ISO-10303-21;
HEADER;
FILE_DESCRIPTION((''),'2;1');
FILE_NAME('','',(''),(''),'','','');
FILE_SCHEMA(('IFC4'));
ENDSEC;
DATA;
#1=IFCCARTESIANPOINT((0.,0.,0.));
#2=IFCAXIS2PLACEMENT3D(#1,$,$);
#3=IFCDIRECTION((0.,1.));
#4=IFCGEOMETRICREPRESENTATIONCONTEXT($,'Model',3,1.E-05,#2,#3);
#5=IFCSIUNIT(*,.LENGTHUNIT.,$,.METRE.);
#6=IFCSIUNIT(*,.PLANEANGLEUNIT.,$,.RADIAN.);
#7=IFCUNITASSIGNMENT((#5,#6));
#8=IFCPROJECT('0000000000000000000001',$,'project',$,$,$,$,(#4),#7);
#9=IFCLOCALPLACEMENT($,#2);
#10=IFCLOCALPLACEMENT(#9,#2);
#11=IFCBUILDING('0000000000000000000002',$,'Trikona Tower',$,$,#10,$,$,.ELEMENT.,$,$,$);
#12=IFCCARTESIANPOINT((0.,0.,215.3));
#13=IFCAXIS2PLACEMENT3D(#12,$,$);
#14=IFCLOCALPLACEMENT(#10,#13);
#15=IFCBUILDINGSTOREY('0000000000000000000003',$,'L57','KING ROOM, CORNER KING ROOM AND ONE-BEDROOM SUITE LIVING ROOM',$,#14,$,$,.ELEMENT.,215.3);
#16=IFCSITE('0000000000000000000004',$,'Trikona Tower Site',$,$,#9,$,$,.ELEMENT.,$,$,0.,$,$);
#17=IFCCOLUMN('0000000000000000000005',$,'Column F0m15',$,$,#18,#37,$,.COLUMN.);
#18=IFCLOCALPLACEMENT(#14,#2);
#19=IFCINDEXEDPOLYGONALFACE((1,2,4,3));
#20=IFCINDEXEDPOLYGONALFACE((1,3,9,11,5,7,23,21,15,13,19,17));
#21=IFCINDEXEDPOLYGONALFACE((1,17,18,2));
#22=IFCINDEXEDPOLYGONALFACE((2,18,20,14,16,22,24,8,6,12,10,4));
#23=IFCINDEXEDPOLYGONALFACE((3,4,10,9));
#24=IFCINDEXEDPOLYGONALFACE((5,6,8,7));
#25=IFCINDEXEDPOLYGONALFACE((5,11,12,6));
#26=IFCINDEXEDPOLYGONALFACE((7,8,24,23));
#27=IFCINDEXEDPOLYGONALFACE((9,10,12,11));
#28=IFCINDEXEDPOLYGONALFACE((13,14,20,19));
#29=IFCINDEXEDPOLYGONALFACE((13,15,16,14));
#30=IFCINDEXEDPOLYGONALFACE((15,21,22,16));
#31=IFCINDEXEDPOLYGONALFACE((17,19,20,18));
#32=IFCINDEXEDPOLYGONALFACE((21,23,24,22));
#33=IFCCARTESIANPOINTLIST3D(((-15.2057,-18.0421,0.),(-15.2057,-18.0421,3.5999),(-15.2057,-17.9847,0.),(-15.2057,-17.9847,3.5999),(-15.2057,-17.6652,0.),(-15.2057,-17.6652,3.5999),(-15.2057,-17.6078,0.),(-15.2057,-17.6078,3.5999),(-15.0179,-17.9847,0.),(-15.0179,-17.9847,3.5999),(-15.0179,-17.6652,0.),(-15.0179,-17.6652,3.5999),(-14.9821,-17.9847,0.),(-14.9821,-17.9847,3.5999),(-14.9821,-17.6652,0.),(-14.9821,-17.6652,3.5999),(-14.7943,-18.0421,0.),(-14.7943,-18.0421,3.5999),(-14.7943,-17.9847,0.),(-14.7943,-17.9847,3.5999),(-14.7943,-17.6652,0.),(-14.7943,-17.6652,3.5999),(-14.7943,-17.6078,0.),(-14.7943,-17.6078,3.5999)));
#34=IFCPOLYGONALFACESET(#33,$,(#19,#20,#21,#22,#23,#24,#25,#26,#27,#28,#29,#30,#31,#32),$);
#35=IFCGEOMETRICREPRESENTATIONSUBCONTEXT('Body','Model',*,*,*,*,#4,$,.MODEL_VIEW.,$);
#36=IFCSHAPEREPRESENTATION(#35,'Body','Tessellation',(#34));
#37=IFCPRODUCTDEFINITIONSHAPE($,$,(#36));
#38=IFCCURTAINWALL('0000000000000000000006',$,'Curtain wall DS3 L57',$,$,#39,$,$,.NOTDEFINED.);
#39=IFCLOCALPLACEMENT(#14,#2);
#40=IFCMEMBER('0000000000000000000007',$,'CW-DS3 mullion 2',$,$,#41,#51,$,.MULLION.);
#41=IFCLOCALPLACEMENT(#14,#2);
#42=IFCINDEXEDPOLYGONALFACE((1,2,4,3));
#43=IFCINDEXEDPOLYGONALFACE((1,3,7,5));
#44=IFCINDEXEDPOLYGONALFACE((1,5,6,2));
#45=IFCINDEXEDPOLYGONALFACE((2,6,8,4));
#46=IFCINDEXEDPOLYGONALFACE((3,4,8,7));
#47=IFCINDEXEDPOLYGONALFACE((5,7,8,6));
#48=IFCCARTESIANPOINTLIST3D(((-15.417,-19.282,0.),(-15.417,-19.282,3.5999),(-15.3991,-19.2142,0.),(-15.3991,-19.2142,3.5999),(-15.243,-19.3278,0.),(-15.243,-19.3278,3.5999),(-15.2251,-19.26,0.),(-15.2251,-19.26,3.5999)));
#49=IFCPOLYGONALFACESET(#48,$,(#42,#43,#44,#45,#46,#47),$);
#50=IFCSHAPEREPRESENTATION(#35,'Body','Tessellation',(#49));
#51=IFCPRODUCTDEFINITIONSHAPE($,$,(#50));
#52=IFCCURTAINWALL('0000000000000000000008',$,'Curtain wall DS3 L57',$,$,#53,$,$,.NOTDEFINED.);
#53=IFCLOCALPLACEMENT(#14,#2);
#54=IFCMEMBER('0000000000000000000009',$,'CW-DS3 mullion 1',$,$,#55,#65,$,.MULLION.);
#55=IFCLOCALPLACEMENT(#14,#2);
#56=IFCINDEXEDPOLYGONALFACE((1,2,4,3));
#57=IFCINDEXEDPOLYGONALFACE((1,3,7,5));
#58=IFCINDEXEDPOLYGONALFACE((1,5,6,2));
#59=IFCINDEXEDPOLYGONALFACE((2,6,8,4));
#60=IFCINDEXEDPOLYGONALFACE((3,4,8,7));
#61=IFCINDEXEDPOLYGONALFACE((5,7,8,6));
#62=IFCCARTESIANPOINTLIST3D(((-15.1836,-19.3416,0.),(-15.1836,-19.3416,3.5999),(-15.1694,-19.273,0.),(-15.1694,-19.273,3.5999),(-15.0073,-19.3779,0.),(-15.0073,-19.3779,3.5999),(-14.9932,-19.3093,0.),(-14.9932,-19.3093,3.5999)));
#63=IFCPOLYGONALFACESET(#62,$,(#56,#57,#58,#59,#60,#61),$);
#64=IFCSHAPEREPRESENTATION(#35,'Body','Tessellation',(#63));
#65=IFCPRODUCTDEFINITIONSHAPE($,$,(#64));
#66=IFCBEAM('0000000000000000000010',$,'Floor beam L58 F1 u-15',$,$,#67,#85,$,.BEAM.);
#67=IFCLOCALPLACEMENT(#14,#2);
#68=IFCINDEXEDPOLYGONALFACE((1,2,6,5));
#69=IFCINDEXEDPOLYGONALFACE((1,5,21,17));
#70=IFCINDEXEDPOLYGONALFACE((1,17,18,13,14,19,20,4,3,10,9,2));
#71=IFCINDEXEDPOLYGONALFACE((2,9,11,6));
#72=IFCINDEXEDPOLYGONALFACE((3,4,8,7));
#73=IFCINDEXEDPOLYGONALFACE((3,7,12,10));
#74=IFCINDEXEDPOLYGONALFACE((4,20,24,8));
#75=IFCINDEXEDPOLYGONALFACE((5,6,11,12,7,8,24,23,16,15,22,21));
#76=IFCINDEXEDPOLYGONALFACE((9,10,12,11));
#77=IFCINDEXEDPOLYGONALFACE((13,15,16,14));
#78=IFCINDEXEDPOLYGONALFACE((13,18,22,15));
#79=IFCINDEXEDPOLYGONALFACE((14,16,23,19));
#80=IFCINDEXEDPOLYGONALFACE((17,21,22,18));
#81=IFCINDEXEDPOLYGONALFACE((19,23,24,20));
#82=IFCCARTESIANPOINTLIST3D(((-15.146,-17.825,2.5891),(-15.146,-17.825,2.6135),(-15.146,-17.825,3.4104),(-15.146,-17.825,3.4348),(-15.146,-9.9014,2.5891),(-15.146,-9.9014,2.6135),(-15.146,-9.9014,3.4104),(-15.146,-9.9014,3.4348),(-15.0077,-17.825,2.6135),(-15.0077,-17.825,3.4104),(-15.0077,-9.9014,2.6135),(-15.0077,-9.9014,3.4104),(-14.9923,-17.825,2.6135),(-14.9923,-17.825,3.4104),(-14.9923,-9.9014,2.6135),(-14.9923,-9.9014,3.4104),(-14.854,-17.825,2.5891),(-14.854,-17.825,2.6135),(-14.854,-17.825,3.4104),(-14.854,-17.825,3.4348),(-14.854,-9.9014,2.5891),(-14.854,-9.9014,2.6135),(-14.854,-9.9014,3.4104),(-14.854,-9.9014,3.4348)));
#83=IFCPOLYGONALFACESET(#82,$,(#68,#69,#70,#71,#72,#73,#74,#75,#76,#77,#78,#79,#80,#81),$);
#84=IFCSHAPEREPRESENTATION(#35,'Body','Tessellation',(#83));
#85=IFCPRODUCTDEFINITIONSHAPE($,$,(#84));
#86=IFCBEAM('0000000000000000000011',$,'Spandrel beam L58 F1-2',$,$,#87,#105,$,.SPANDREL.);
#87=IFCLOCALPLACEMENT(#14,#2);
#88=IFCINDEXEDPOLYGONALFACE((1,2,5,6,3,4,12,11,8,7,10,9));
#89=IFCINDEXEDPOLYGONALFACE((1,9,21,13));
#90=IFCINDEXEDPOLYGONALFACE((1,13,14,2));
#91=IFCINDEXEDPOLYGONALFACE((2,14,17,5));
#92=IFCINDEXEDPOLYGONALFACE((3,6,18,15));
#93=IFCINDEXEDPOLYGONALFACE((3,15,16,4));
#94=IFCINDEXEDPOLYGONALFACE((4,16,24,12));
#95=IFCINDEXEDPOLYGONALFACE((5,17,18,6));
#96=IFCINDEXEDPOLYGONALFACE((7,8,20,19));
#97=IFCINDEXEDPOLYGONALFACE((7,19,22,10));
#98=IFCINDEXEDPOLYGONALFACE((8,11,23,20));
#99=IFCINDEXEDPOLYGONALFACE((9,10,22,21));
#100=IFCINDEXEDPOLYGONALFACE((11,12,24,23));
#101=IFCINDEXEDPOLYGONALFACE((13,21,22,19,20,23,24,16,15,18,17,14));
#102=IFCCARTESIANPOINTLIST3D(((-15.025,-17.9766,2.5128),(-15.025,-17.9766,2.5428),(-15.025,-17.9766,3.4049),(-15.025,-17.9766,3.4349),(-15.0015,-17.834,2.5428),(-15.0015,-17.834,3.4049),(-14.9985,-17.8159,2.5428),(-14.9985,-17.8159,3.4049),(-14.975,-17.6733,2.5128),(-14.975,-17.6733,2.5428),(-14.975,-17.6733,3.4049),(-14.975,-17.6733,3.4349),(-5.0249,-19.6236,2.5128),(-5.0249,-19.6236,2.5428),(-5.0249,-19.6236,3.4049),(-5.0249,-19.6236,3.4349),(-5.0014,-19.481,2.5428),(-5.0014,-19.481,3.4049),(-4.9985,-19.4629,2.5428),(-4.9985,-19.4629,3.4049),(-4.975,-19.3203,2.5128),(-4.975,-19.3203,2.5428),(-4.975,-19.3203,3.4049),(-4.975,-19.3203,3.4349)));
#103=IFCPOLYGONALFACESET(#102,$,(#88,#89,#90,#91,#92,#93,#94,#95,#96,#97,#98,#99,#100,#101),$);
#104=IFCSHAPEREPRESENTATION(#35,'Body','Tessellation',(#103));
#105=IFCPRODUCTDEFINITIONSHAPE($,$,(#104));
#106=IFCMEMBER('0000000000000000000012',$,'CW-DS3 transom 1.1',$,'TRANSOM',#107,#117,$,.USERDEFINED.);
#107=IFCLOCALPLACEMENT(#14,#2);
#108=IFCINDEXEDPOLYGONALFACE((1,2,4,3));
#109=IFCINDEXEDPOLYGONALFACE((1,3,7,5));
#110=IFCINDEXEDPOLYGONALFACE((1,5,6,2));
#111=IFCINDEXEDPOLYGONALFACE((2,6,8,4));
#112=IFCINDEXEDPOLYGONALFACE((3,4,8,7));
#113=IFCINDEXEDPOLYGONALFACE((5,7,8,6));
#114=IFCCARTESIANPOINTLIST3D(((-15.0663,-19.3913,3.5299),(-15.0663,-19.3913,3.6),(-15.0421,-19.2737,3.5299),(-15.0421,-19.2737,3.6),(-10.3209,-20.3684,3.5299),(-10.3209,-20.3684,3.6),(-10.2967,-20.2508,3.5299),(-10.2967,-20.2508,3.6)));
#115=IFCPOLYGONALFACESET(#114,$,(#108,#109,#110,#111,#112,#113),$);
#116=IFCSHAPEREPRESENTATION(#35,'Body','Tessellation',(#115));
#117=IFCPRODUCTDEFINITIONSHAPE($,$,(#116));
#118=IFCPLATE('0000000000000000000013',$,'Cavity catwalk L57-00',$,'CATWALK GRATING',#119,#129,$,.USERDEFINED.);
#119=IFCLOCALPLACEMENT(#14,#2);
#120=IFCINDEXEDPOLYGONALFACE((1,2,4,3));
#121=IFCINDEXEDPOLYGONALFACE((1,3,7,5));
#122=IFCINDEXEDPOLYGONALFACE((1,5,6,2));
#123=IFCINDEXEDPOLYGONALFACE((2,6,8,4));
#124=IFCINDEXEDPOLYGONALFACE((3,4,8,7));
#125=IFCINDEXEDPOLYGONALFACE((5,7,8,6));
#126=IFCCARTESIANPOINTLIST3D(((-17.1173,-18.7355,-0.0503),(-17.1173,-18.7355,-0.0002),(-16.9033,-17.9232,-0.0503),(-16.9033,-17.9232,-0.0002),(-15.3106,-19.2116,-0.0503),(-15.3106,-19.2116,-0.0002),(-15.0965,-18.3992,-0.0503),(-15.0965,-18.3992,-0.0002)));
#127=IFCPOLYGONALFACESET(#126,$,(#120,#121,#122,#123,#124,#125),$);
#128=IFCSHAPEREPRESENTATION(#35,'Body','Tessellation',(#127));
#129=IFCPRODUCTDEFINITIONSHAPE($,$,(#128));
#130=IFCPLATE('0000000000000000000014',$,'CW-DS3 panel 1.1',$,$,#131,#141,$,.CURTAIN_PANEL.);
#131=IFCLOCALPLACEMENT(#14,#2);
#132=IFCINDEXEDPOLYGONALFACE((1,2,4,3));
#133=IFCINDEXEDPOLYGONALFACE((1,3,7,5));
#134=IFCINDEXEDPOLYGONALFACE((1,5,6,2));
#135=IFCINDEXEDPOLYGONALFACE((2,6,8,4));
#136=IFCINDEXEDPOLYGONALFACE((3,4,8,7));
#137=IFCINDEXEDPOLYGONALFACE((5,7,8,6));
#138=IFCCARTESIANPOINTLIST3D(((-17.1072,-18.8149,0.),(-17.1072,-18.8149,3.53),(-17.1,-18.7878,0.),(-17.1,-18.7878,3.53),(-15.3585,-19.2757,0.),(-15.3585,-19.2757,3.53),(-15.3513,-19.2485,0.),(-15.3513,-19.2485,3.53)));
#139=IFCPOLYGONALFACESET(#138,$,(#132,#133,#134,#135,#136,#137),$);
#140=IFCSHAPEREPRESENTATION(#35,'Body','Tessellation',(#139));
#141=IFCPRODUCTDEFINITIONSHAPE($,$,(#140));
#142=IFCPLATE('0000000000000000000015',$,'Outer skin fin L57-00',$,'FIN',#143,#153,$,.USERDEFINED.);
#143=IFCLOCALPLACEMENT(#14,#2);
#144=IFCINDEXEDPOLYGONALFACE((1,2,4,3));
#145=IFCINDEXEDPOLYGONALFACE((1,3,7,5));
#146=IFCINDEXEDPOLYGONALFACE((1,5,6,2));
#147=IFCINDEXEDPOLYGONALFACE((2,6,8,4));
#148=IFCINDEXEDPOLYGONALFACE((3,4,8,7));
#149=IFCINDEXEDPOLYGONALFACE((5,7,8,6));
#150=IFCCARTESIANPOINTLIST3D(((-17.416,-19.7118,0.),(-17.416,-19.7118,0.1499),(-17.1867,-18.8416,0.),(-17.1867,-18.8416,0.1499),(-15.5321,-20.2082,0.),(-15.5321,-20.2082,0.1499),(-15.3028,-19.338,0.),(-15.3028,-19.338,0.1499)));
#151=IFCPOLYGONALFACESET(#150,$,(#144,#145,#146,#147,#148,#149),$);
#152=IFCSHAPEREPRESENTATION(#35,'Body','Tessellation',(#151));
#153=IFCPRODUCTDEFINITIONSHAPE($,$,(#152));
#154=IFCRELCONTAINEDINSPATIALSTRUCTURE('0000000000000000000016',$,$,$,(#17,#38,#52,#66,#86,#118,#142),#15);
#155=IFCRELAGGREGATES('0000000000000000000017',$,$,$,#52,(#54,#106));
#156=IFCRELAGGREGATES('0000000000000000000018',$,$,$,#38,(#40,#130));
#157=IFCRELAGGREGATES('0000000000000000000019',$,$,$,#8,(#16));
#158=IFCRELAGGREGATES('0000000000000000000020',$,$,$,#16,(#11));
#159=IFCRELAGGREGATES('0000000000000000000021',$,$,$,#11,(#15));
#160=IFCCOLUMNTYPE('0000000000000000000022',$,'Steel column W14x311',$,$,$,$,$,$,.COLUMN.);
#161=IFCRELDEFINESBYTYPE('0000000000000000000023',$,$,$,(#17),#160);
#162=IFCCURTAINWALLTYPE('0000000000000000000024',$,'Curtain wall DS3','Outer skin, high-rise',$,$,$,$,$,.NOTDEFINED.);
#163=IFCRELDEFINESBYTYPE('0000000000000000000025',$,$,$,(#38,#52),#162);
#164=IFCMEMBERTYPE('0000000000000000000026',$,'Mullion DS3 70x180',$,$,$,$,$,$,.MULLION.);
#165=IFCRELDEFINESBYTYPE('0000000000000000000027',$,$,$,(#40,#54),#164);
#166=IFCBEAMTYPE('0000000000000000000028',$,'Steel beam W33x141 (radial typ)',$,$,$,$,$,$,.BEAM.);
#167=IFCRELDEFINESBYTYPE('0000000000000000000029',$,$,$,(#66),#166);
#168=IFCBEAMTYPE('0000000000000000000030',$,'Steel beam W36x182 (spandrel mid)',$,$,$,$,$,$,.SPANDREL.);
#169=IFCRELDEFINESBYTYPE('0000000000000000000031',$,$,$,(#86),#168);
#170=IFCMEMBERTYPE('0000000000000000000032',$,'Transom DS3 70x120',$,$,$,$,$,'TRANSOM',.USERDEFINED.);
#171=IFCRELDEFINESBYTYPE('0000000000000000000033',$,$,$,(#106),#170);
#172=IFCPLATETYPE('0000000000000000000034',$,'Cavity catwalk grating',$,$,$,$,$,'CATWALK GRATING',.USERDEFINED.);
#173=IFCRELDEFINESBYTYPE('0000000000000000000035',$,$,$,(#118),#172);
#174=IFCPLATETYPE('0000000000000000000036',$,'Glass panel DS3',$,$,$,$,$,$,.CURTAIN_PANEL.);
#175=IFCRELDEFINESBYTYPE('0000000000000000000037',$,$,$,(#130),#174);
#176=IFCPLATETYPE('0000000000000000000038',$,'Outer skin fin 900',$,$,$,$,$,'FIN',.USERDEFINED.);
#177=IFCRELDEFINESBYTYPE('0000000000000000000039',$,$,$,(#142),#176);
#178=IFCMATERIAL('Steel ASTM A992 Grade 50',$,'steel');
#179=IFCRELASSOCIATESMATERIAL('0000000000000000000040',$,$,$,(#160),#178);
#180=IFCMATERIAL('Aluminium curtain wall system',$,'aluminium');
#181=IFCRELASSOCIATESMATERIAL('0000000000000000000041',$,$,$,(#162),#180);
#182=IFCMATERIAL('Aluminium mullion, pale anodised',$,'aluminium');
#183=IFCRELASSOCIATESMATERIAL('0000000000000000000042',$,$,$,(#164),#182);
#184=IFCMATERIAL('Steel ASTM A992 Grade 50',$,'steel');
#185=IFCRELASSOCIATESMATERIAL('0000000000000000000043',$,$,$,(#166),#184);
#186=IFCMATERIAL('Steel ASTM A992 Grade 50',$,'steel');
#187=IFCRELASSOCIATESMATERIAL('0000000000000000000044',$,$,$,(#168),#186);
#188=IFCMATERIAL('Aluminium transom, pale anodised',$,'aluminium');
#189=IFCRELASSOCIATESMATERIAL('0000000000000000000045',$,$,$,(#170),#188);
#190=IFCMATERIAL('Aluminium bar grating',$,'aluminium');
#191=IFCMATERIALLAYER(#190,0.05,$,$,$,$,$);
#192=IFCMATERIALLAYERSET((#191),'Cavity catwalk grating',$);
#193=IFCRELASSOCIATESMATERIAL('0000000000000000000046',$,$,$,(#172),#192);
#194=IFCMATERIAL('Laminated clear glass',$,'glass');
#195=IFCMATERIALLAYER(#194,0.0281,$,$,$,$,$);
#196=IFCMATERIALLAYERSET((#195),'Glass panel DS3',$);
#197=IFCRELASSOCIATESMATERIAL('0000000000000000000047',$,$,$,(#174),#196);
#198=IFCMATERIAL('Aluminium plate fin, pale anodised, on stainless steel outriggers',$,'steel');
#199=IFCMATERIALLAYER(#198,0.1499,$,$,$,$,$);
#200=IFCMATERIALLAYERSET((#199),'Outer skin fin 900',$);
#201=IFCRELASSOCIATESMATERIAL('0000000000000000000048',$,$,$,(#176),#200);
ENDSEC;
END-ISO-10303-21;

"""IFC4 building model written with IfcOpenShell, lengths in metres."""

from ifc_helpers import new_model, si_unit, direction, frame, origin, origin_2d, place, context, subcontext, project, spatial, rectangle, i_section, extrude, material, layer, layer_set, material_profile, profile_set, type_object, element, aggregate, save


model = new_model("IFC4")

# Units and contexts
model_context = context("Model", 3, precision=1e-05, world=origin(), true_north=direction((0.0, 1.0)))
body_context = subcontext(model_context, "Body", "Model", "MODEL_VIEW")
ifc_project = project(units=[si_unit("LENGTHUNIT", "METRE"), si_unit("PLANEANGLEUNIT", "RADIAN")], contexts=[model_context])

# Site, building, storey
site_placement = place(None, origin())
site = spatial("IfcSite", under=ifc_project, at=site_placement, Name="Trikona Tower Site", CompositionType="ELEMENT", RefElevation=0.0)
building_placement = place(site_placement, origin())
building = spatial("IfcBuilding", under=site, at=building_placement, Name="Trikona Tower", CompositionType="ELEMENT")
storey_placement = place(building_placement, frame((0.0, 0.0, 215.3)))
storey = spatial("IfcBuildingStorey", under=building, at=storey_placement, Name="L57", Description="KING ROOM, CORNER KING ROOM AND ONE-BEDROOM SUITE LIVING ROOM", CompositionType="ELEMENT", Elevation=215.3)

# Column
ifc_material_1 = material(Name="Steel ASTM A992 Grade 50", Category="steel")
ifc_material_profile_1 = material_profile(ifc_material_1, i_section(OverallWidth=0.4114, OverallDepth=0.4343, WebThickness=0.0359, FlangeThickness=0.0574, at=origin_2d()), Name="W14X311")
ifc_profile_set_1 = profile_set([ifc_material_profile_1], Name="Steel ASTM A992 Grade 50")
column_type = type_object("IfcColumnType", Name="Steel column W14x311", PredefinedType="COLUMN", material=ifc_profile_set_1)
column_placement = place(storey_placement, frame((-15.0, -17.825, 0.0), z_axis=(0.0, 0.0, 1.0), x_axis=(1.0, 0.0, 0.0)))
element("IfcColumn", 1, at=column_placement, inside=storey, type_object=column_type, Name="Column F0m15", PredefinedType="COLUMN", context=body_context, shape_type="SweptSolid", body=[
    extrude(i_section(OverallWidth=0.4114, OverallDepth=0.4343, WebThickness=0.0359, FlangeThickness=0.0574, at=origin_2d()), origin(), (0.0, 0.0, 1.0), 3.5999),
])

# Curtain walls, members
ifc_material_2 = material(Name="Aluminium curtain wall system", Category="aluminium")
curtain_wall_type = type_object("IfcCurtainWallType", Name="Curtain wall DS3", Description="Outer skin, high-rise", PredefinedType="NOTDEFINED", material=ifc_material_2)
curtain_wall_1_placement = place(storey_placement, origin())
curtain_wall_1 = element("IfcCurtainWall", 2, at=curtain_wall_1_placement, inside=storey, type_object=curtain_wall_type, Name="Curtain wall DS3 L57", PredefinedType="NOTDEFINED")
ifc_material_3 = material(Name="Aluminium mullion, pale anodised", Category="aluminium")
ifc_material_profile_2 = material_profile(ifc_material_3, rectangle(XDim=0.0701, YDim=0.1799, at=origin_2d()), Name="MUL-DS3")
ifc_profile_set_2 = profile_set([ifc_material_profile_2], Name="Aluminium mullion, pale anodised")
member_type_1 = type_object("IfcMemberType", Name="Mullion DS3 70x180", PredefinedType="MULLION", material=ifc_profile_set_2)
member_1_placement = place(storey_placement, frame((-15.321, -19.271, 0.0), z_axis=(0.0, 0.0, 1.0), x_axis=(0.254786, 0.966997, 0.0)))
member_1 = element("IfcMember", 3, at=member_1_placement, type_object=member_type_1, Name="CW-DS3 mullion 2", PredefinedType="MULLION", context=body_context, shape_type="SweptSolid", body=[
    extrude(rectangle(XDim=0.0701, YDim=0.1799, at=origin_2d()), origin(), (0.0, 0.0, 1.0), 3.5999),
])
curtain_wall_2_placement = place(storey_placement, origin())
curtain_wall_2 = element("IfcCurtainWall", 4, at=curtain_wall_2_placement, inside=storey, type_object=curtain_wall_type, Name="Curtain wall DS3 L57", PredefinedType="NOTDEFINED")
member_2_placement = place(storey_placement, frame((-15.0884, -19.3254, 0.0), z_axis=(0.0, 0.0, 1.0), x_axis=(0.201653, 0.979457, 0.0)))
member_2 = element("IfcMember", 5, at=member_2_placement, type_object=member_type_1, Name="CW-DS3 mullion 1", PredefinedType="MULLION", context=body_context, shape_type="SweptSolid", body=[
    extrude(rectangle(XDim=0.0701, YDim=0.1799, at=origin_2d()), origin(), (0.0, 0.0, 1.0), 3.5999),
])

# Beams
ifc_material_4 = material(Name="Steel ASTM A992 Grade 50", Category="steel")
ifc_material_profile_3 = material_profile(ifc_material_4, i_section(OverallWidth=0.292, OverallDepth=0.8457, WebThickness=0.0154, FlangeThickness=0.0244, at=origin_2d()), Name="W33X141")
ifc_profile_set_3 = profile_set([ifc_material_profile_3], Name="Steel ASTM A992 Grade 50")
beam_type_1 = type_object("IfcBeamType", Name="Steel beam W33x141 (radial typ)", PredefinedType="BEAM", material=ifc_profile_set_3)
beam_1_placement = place(storey_placement, frame((-15.0, -9.9014, 3.012), z_axis=(0.0, -1.0, 0.0), x_axis=(1.0, 0.0, 0.0)))
element("IfcBeam", 6, at=beam_1_placement, inside=storey, type_object=beam_type_1, Name="Floor beam L58 F1 u-15", PredefinedType="BEAM", context=body_context, shape_type="SweptSolid", body=[
    extrude(i_section(OverallWidth=0.292, OverallDepth=0.8457, WebThickness=0.0154, FlangeThickness=0.0244, at=origin_2d()), origin(), (0.0, 0.0, 1.0), 7.9236),
])
ifc_material_5 = material(Name="Steel ASTM A992 Grade 50", Category="steel")
ifc_material_profile_4 = material_profile(ifc_material_5, i_section(OverallWidth=0.3074, OverallDepth=0.9221, WebThickness=0.0183, FlangeThickness=0.03, at=origin_2d()), Name="W36X182")
ifc_profile_set_4 = profile_set([ifc_material_profile_4], Name="Steel ASTM A992 Grade 50")
beam_type_2 = type_object("IfcBeamType", Name="Steel beam W36x182 (spandrel mid)", PredefinedType="SPANDREL", material=ifc_profile_set_4)
beam_2_placement = place(storey_placement, frame((-15.0, -17.825, 2.9739), z_axis=(0.986707, -0.162508, 0.0), x_axis=(0.162508, 0.986707, 0.0)))
element("IfcBeam", 7, at=beam_2_placement, inside=storey, type_object=beam_type_2, Name="Spandrel beam L58 F1-2", PredefinedType="SPANDREL", context=body_context, shape_type="SweptSolid", body=[
    extrude(i_section(OverallWidth=0.3074, OverallDepth=0.9221, WebThickness=0.0183, FlangeThickness=0.03, at=origin_2d()), origin(), (0.0, 0.0, 1.0), 10.1348),
])

# Member
ifc_material_6 = material(Name="Aluminium transom, pale anodised", Category="aluminium")
ifc_material_profile_5 = material_profile(ifc_material_6, rectangle(XDim=0.1201, YDim=0.0701, at=origin_2d()), Name="TRN-DS3")
ifc_profile_set_5 = profile_set([ifc_material_profile_5], Name="Aluminium transom, pale anodised")
member_type_2 = type_object("IfcMemberType", Name="Transom DS3 70x120", ElementType="TRANSOM", PredefinedType="USERDEFINED", material=ifc_profile_set_5)
member_3_placement = place(storey_placement, frame((-15.0542, -19.3325, 3.5649), z_axis=(0.979454, -0.201666, 0.0), x_axis=(0.201666, 0.979454, 0.0)))
member_3 = element("IfcMember", 8, at=member_3_placement, type_object=member_type_2, Name="CW-DS3 transom 1.1", ObjectType="TRANSOM", PredefinedType="USERDEFINED", context=body_context, shape_type="SweptSolid", body=[
    extrude(rectangle(XDim=0.1201, YDim=0.0701, at=origin_2d()), origin(), (0.0, 0.0, 1.0), 4.845),
])
aggregate(curtain_wall_2, [member_2, member_3])

# Plates
ifc_material_7 = material(Name="Aluminium bar grating", Category="aluminium")
ifc_layer_1 = layer(ifc_material_7, 0.05)
ifc_layer_set_1 = layer_set([ifc_layer_1], Name="Cavity catwalk grating")
plate_type_1 = type_object("IfcPlateType", Name="Cavity catwalk grating", ElementType="CATWALK GRATING", PredefinedType="USERDEFINED", material=ifc_layer_set_1)
plate_1_placement = place(storey_placement, frame((-16.1069, -18.5674, -0.0503), z_axis=(0.0, 0.0, 1.0), x_axis=(0.966993, -0.254803, 0.0)))
element("IfcPlate", 9, at=plate_1_placement, inside=storey, type_object=plate_type_1, Name="Cavity catwalk L57-00", ObjectType="CATWALK GRATING", PredefinedType="USERDEFINED", context=body_context, shape_type="SweptSolid", body=[
    extrude(rectangle(XDim=1.8684, YDim=0.8401, at=origin_2d()), origin(), (0.0, 0.0, 1.0), 0.05),
])
ifc_material_8 = material(Name="Laminated clear glass", Category="glass")
ifc_layer_2 = layer(ifc_material_8, 0.0281)
ifc_layer_set_2 = layer_set([ifc_layer_2], Name="Glass panel DS3")
plate_type_2 = type_object("IfcPlateType", Name="Glass panel DS3", PredefinedType="CURTAIN_PANEL", material=ifc_layer_set_2)
plate_2_placement = place(storey_placement, frame((-16.2292, -19.0317, 0.0), z_axis=(0.0, 0.0, 1.0), x_axis=(0.966997, -0.254786, 0.0)))
plate_2 = element("IfcPlate", 10, at=plate_2_placement, type_object=plate_type_2, Name="CW-DS3 panel 1.1", PredefinedType="CURTAIN_PANEL", context=body_context, shape_type="SweptSolid", body=[
    extrude(rectangle(XDim=1.8083, YDim=0.0281, at=origin_2d()), origin(), (0.0, 0.0, 1.0), 3.53),
])
aggregate(curtain_wall_1, [member_1, plate_2])
ifc_material_9 = material(Name="Aluminium plate fin, pale anodised, on stainless steel outriggers", Category="steel")
ifc_layer_3 = layer(ifc_material_9, 0.1499)
ifc_layer_set_3 = layer_set([ifc_layer_3], Name="Outer skin fin 900")
plate_type_3 = type_object("IfcPlateType", Name="Outer skin fin 900", ElementType="FIN", PredefinedType="USERDEFINED", material=ifc_layer_set_3)
plate_3_placement = place(storey_placement, frame((-16.3594, -19.5249, 0.0), z_axis=(0.0, 0.0, 1.0), x_axis=(0.966993, -0.254803, 0.0)))
element("IfcPlate", 11, at=plate_3_placement, inside=storey, type_object=plate_type_3, Name="Outer skin fin L57-00", ObjectType="FIN", PredefinedType="USERDEFINED", context=body_context, shape_type="SweptSolid", body=[
    extrude(rectangle(XDim=1.9482, YDim=0.8999, at=origin_2d()), origin(), (0.0, 0.0, 1.0), 0.1499),
])

save(model, "model.ifc")
